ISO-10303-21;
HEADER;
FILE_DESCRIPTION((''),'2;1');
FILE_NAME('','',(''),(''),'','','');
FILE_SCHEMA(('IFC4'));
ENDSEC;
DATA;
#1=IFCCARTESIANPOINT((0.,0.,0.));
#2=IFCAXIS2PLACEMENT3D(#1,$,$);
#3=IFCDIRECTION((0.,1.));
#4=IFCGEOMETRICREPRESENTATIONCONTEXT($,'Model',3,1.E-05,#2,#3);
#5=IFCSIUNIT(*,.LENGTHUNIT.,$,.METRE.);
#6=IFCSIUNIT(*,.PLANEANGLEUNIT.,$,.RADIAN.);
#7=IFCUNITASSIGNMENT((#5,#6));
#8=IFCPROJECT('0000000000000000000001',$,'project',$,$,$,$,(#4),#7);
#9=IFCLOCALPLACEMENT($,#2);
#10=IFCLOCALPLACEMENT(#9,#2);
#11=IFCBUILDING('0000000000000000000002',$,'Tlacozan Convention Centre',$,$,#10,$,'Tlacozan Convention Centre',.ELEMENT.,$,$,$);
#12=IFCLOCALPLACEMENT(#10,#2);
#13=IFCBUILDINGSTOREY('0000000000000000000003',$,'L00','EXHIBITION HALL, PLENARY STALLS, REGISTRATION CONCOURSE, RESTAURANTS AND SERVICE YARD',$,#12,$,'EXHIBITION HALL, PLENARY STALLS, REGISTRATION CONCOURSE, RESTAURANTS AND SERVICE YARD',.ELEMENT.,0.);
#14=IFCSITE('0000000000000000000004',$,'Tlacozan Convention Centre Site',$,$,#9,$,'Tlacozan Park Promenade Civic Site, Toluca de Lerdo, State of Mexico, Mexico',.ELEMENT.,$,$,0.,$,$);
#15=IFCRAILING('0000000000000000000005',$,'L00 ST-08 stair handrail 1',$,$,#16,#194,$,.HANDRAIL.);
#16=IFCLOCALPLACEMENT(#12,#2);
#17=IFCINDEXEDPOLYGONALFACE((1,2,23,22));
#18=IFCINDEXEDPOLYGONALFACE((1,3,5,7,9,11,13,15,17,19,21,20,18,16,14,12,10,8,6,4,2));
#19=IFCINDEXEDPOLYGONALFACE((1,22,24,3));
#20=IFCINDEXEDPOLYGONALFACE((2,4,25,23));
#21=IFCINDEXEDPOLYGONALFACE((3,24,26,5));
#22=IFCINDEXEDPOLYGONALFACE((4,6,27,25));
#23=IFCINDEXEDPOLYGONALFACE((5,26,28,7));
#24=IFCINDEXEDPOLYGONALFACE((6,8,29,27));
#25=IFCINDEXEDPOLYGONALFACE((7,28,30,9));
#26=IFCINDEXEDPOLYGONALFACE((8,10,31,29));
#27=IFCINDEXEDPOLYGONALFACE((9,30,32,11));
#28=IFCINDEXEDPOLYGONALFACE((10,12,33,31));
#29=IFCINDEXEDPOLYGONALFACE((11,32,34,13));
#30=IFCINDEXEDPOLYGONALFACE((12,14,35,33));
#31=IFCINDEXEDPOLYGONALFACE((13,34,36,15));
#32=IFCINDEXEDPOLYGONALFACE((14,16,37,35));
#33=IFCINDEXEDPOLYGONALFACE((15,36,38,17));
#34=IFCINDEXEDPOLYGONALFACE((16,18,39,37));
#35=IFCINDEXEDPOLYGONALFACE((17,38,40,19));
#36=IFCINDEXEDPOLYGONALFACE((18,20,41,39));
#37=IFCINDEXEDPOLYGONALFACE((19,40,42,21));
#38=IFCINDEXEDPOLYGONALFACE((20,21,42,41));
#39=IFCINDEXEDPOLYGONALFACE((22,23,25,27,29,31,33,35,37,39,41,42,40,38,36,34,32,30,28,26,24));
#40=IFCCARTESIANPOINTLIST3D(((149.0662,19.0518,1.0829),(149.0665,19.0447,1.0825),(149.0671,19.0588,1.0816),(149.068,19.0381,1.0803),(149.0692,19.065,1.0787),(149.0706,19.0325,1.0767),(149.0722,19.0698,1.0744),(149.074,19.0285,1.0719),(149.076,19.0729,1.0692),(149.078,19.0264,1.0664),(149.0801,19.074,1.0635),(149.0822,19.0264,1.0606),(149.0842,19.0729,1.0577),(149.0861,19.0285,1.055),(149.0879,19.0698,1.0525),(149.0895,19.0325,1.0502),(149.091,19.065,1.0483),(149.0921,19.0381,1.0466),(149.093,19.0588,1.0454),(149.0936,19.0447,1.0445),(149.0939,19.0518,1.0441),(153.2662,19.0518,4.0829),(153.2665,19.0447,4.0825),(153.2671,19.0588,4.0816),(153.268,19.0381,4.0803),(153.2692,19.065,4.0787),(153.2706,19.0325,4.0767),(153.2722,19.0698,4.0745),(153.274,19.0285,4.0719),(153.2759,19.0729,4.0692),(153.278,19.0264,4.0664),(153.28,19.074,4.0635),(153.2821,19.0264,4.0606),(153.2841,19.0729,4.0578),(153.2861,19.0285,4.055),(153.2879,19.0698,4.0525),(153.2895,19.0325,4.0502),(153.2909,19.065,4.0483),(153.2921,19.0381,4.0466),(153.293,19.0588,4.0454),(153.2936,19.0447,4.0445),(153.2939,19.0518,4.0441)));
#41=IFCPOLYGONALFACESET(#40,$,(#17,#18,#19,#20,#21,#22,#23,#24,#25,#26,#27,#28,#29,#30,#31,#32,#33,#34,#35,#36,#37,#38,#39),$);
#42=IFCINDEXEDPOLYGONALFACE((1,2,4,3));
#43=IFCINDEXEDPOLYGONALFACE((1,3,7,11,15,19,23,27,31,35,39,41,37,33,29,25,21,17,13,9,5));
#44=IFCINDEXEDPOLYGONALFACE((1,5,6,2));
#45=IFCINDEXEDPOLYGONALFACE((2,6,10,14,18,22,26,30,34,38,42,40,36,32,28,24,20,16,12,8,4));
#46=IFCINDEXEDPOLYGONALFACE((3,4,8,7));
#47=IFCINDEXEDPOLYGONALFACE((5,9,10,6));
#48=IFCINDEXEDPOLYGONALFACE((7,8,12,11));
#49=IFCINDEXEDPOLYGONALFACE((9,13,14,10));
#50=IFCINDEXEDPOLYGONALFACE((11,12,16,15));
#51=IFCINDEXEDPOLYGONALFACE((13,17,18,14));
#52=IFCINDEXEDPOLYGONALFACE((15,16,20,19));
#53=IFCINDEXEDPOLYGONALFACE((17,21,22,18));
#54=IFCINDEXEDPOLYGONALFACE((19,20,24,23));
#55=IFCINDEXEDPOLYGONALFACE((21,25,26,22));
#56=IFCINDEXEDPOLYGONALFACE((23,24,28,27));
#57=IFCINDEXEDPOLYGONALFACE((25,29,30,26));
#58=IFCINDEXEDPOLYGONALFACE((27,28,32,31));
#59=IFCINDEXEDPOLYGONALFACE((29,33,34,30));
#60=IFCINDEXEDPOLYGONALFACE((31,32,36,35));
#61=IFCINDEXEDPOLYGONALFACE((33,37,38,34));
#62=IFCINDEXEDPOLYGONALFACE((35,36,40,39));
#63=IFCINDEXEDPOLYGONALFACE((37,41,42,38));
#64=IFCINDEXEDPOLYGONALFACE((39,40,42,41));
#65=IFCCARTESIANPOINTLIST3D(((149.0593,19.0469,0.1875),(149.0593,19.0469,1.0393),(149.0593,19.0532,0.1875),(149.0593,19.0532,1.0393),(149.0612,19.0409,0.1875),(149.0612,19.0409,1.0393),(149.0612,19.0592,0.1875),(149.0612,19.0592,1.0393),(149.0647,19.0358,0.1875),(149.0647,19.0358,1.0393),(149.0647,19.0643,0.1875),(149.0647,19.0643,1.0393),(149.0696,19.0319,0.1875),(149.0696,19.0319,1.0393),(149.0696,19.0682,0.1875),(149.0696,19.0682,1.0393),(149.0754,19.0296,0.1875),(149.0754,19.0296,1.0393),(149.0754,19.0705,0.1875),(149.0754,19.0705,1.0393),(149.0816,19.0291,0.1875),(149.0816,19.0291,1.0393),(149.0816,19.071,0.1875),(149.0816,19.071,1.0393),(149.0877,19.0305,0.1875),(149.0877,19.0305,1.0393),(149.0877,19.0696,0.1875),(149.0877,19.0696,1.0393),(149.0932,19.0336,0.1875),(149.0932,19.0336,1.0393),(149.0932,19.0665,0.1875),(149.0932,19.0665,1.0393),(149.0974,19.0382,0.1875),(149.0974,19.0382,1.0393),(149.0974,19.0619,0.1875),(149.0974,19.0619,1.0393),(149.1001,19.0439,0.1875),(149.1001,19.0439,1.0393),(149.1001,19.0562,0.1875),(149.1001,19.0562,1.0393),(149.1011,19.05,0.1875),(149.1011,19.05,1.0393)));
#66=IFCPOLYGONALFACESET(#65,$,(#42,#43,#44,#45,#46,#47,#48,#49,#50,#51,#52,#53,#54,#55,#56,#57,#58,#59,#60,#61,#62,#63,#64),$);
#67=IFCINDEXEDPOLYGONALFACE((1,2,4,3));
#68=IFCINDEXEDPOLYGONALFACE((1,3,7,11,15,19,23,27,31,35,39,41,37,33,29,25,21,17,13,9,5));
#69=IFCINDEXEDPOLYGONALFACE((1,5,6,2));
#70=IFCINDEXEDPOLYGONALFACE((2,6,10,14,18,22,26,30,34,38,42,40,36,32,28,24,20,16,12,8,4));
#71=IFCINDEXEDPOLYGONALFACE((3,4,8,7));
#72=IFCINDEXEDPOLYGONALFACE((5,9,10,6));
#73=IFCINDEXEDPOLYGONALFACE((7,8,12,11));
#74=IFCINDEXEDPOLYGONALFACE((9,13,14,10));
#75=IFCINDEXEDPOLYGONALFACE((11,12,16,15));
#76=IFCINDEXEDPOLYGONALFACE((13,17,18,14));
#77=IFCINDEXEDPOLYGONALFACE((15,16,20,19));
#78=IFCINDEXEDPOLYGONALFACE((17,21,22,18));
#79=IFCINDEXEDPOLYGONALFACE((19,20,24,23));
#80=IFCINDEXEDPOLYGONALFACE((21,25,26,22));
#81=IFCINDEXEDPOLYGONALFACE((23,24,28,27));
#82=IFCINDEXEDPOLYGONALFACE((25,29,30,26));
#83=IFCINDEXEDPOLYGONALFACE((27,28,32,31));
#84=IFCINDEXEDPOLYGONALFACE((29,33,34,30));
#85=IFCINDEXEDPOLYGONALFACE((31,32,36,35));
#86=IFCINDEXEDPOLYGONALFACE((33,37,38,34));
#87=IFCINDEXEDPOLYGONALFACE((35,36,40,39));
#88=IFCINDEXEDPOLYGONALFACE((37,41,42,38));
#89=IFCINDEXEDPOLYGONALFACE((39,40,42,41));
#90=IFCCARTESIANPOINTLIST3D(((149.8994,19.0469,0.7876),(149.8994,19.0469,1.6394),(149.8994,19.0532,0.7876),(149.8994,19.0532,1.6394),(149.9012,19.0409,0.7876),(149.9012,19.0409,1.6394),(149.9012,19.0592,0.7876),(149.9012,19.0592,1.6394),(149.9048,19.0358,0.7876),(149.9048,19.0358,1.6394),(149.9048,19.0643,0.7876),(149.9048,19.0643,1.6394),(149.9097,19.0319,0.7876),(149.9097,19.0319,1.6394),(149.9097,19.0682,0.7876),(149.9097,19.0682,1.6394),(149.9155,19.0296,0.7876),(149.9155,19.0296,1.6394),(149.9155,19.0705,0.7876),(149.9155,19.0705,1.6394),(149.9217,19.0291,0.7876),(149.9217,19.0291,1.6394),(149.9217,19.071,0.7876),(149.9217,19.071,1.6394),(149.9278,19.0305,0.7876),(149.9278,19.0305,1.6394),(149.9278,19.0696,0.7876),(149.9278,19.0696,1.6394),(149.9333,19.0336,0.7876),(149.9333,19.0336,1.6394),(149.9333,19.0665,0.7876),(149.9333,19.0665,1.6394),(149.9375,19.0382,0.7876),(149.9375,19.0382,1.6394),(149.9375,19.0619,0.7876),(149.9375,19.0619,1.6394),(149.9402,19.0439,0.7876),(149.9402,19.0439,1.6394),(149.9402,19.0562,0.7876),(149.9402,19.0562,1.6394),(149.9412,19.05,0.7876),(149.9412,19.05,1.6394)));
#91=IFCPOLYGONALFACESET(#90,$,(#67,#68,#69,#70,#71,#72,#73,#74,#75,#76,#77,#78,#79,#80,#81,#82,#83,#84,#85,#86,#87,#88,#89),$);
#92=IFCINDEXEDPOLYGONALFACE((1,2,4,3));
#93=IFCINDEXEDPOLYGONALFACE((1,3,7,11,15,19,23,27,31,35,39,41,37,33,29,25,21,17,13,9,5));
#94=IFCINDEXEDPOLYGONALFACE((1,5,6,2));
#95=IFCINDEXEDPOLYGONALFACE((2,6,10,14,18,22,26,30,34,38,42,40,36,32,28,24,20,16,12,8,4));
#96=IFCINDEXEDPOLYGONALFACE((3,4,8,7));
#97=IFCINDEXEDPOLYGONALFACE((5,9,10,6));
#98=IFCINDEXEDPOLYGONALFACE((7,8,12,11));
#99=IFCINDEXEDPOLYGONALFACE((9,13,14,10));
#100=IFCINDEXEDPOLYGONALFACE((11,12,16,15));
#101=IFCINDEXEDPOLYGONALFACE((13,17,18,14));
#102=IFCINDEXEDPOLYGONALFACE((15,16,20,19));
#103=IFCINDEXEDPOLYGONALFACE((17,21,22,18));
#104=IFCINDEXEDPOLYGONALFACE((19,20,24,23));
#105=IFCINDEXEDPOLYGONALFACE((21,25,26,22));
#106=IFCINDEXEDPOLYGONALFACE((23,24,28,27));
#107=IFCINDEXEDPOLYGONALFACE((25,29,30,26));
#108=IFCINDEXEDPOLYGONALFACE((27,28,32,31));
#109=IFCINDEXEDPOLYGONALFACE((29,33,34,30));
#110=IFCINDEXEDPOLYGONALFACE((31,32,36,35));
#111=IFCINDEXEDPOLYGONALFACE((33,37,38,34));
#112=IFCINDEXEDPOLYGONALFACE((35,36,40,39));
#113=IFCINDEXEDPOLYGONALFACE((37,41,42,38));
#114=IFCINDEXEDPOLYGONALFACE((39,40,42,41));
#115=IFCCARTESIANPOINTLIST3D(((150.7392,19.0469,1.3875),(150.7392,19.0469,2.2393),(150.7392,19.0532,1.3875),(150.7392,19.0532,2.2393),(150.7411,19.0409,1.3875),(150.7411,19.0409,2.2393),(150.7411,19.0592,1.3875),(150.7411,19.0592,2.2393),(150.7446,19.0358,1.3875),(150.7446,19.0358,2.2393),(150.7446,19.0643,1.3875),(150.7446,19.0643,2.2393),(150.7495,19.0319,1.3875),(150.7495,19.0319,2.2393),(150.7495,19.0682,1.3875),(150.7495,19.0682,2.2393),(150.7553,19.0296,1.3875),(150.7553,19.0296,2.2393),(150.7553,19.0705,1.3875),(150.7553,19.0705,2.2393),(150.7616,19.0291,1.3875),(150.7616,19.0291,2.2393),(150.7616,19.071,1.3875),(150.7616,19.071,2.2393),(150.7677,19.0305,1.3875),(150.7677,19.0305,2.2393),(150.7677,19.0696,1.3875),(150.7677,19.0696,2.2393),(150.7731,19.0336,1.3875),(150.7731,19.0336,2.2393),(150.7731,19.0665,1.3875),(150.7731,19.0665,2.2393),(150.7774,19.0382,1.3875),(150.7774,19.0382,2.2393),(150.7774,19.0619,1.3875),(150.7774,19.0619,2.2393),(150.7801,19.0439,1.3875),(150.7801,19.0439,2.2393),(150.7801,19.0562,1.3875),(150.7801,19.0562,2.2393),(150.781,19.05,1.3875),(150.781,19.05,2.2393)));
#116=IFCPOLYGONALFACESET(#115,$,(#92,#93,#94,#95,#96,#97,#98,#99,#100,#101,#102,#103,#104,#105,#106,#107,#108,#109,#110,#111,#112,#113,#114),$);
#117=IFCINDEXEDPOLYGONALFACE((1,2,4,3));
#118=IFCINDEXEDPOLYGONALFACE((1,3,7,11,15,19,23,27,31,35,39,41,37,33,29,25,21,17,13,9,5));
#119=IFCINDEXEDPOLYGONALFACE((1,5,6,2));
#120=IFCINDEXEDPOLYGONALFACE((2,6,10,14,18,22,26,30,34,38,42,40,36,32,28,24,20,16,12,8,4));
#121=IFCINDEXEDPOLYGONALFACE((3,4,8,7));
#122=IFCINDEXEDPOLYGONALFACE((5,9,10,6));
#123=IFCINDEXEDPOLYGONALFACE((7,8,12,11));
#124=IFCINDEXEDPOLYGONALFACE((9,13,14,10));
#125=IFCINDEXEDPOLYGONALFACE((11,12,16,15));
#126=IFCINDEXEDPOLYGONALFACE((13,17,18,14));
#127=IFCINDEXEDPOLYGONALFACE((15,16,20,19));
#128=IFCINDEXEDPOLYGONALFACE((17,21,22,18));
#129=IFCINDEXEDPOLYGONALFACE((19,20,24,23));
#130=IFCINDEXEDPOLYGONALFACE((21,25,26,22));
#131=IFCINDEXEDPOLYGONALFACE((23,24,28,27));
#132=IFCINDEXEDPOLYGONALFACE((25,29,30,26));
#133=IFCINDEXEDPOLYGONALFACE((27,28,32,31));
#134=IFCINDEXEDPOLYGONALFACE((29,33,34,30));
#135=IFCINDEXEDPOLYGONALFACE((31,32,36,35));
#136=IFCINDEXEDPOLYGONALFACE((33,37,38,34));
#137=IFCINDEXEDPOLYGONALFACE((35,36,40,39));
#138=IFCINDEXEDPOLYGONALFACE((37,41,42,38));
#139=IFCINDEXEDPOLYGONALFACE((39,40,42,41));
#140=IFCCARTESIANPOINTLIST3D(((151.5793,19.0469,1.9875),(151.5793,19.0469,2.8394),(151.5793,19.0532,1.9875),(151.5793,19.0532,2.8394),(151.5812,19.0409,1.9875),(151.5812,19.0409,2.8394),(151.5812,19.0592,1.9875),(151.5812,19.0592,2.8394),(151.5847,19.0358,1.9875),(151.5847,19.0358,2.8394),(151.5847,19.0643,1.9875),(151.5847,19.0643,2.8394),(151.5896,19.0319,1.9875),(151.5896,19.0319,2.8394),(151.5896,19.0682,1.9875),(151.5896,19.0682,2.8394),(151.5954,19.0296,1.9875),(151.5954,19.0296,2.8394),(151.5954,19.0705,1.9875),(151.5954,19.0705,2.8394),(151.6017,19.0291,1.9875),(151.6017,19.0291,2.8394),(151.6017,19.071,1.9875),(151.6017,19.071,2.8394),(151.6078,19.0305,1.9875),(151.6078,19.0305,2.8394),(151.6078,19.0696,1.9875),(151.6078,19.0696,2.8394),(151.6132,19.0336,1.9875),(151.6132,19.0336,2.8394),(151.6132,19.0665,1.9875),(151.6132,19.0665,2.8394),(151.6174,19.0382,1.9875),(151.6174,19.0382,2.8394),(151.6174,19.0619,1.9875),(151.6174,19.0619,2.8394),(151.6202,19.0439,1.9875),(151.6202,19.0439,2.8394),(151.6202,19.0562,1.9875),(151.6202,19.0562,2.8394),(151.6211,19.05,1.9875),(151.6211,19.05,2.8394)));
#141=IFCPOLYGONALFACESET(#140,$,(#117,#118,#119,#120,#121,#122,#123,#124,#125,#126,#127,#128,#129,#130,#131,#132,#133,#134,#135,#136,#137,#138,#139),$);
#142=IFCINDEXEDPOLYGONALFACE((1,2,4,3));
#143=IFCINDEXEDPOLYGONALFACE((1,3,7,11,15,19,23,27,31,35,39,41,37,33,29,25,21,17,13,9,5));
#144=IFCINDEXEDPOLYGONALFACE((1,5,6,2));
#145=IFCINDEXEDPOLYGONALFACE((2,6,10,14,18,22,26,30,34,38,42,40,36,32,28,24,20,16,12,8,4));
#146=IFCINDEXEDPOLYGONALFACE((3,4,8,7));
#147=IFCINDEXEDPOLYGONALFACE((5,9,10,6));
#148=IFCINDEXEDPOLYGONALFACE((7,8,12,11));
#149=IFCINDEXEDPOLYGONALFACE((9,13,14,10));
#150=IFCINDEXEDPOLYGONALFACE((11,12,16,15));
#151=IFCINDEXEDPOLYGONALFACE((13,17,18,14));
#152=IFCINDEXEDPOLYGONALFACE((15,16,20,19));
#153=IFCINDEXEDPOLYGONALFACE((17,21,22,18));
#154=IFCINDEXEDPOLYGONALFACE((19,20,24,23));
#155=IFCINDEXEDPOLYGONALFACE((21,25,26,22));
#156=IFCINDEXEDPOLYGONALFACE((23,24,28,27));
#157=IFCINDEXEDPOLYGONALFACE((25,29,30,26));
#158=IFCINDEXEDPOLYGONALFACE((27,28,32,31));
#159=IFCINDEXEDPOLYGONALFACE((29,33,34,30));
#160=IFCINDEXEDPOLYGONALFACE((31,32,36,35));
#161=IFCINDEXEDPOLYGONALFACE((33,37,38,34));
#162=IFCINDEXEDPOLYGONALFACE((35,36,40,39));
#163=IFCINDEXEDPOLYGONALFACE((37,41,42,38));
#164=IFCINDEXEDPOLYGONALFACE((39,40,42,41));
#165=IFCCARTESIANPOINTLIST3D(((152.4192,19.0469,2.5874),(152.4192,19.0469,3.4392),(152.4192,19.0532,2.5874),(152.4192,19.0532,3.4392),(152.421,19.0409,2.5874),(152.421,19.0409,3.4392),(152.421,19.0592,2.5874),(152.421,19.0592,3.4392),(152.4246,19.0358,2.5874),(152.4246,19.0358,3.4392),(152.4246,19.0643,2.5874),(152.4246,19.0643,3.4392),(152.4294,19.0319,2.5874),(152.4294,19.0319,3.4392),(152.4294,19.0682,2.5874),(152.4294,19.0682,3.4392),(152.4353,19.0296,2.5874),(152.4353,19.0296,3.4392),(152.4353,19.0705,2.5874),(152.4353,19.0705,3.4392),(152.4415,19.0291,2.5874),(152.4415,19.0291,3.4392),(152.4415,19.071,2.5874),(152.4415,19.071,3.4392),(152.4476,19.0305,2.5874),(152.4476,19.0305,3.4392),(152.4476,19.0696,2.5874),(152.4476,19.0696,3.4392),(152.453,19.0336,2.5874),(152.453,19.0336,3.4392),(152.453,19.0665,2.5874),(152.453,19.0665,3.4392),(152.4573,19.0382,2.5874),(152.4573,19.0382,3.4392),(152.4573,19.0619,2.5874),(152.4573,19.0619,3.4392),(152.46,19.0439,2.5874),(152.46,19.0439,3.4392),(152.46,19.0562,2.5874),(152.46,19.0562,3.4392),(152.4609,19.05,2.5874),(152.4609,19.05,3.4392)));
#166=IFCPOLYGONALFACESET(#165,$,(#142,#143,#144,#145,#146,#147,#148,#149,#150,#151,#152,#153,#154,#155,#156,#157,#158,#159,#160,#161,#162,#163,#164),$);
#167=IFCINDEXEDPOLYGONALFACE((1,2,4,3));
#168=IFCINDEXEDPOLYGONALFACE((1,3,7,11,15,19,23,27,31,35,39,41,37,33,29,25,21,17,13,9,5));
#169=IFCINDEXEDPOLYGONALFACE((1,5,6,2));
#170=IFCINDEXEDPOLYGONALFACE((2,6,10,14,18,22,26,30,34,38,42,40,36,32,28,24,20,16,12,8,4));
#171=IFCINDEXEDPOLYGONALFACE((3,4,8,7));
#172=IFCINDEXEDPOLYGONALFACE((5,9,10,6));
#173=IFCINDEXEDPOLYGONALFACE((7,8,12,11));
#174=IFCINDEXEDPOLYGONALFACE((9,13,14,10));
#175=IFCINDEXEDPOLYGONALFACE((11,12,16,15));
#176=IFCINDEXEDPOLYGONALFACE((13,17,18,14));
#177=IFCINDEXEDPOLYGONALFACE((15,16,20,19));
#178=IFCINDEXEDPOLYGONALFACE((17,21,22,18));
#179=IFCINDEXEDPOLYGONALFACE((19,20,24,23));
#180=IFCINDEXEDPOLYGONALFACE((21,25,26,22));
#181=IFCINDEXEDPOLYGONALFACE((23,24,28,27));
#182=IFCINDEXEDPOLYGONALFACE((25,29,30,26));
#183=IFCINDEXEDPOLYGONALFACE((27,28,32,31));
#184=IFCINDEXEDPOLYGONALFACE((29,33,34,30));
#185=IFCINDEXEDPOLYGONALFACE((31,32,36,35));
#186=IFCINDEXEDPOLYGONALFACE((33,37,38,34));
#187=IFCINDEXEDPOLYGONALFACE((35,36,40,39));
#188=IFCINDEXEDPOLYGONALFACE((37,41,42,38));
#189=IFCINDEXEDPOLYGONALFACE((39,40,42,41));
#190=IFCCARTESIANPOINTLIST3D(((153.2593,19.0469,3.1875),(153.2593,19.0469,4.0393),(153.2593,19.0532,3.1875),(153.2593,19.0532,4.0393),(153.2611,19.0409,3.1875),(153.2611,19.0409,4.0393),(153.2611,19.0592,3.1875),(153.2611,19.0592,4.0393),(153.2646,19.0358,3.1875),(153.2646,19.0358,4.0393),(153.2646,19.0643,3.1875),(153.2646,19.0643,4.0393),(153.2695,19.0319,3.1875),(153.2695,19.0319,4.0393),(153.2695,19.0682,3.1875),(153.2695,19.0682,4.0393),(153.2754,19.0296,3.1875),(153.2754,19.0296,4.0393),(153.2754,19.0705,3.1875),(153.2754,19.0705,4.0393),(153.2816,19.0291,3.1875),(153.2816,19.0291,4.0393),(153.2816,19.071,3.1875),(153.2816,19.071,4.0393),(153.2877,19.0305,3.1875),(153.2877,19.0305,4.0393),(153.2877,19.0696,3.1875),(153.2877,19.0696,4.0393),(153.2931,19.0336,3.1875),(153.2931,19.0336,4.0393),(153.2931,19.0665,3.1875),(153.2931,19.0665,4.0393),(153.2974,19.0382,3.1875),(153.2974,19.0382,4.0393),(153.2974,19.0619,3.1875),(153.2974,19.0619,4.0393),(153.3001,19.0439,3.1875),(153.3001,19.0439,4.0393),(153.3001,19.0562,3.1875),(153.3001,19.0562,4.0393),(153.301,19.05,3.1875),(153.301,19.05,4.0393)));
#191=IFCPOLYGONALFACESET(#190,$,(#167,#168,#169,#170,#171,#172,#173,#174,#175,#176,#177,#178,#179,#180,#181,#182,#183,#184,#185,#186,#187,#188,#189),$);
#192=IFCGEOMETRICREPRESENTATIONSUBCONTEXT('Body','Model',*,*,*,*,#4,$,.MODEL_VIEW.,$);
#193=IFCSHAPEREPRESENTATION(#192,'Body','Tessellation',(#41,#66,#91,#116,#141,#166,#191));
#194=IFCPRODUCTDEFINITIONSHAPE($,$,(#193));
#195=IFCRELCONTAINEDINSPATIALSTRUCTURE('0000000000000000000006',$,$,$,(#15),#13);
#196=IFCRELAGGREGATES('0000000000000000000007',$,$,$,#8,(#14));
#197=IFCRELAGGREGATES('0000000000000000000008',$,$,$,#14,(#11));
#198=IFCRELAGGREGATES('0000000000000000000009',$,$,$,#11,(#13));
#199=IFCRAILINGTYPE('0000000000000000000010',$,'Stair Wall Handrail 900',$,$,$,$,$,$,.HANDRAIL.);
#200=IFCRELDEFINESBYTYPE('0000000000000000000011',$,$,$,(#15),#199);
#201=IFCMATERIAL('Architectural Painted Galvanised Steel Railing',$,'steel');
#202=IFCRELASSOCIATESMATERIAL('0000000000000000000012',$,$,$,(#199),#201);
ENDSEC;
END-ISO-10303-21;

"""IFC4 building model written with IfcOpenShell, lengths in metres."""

from ifc_helpers import new_model, si_unit, direction, frame, origin, origin_2d, place, context, subcontext, project, spatial, circle, extrude, material, type_object, element, save


model = new_model("IFC4")

# Units and contexts
model_context = context("Model", 3, precision=1e-05, world=origin(), true_north=direction((0.0, 1.0)))
body_context = subcontext(model_context, "Body", "Model", "MODEL_VIEW")
ifc_project = project(units=[si_unit("LENGTHUNIT", "METRE"), si_unit("PLANEANGLEUNIT", "RADIAN")], contexts=[model_context])

# Site, building, storey
site_placement = place(None, origin())
site = spatial("IfcSite", under=ifc_project, at=site_placement, Name="Tlacozan Convention Centre Site", LongName="Tlacozan Park Promenade Civic Site, Toluca de Lerdo, State of Mexico, Mexico", CompositionType="ELEMENT", RefElevation=0.0)
building_placement = place(site_placement, origin())
building = spatial("IfcBuilding", under=site, at=building_placement, Name="Tlacozan Convention Centre", LongName="Tlacozan Convention Centre", CompositionType="ELEMENT")
storey_placement = place(building_placement, origin())
storey = spatial("IfcBuildingStorey", under=building, at=storey_placement, Name="L00", Description="EXHIBITION HALL, PLENARY STALLS, REGISTRATION CONCOURSE, RESTAURANTS AND SERVICE YARD", LongName="EXHIBITION HALL, PLENARY STALLS, REGISTRATION CONCOURSE, RESTAURANTS AND SERVICE YARD", CompositionType="ELEMENT", Elevation=0.0)

# Railing
ifc_material_1 = material(Name="Architectural Painted Galvanised Steel Railing", Category="steel")
railing_type_1 = type_object("IfcRailingType", Name="Stair Wall Handrail 900", PredefinedType="HANDRAIL", material=ifc_material_1)
railing_1_placement = place(storey_placement, frame((149.0801, 19.05, 0.1875)))
element("IfcRailing", 1, at=railing_1_placement, inside=storey, type_object=railing_type_1, Name="L00 ST-08 stair handrail 1", PredefinedType="HANDRAIL", context=body_context, shape_type="SweptSolid", body=[
    extrude(circle(Radius=0.0239, at=origin_2d()), frame((0.0, 0.0, 0.876), z_axis=(0.81373, 0.0, 0.581243), x_axis=(0.0, 1.0, 0.0)), (0.0, 0.0, 1.0), 5.1614),
    extrude(circle(Radius=0.021, at=origin_2d()), origin(), (0.0, 0.0, 1.0), 0.8518),
    extrude(circle(Radius=0.021, at=origin_2d()), frame((0.8401, 0.0, 0.6001)), (0.0, 0.0, 1.0), 0.8518),
    extrude(circle(Radius=0.021, at=origin_2d()), frame((1.6799, 0.0, 1.2)), (0.0, 0.0, 1.0), 0.8518),
    extrude(circle(Radius=0.021, at=origin_2d()), frame((2.52, 0.0, 1.8)), (0.0, 0.0, 1.0), 0.8518),
    extrude(circle(Radius=0.021, at=origin_2d()), frame((3.3599, 0.0, 2.3999)), (0.0, 0.0, 1.0), 0.8518),
    extrude(circle(Radius=0.021, at=origin_2d()), frame((4.2, 0.0, 3.0)), (0.0, 0.0, 1.0), 0.8518),
])

save(model, "model.ifc")
